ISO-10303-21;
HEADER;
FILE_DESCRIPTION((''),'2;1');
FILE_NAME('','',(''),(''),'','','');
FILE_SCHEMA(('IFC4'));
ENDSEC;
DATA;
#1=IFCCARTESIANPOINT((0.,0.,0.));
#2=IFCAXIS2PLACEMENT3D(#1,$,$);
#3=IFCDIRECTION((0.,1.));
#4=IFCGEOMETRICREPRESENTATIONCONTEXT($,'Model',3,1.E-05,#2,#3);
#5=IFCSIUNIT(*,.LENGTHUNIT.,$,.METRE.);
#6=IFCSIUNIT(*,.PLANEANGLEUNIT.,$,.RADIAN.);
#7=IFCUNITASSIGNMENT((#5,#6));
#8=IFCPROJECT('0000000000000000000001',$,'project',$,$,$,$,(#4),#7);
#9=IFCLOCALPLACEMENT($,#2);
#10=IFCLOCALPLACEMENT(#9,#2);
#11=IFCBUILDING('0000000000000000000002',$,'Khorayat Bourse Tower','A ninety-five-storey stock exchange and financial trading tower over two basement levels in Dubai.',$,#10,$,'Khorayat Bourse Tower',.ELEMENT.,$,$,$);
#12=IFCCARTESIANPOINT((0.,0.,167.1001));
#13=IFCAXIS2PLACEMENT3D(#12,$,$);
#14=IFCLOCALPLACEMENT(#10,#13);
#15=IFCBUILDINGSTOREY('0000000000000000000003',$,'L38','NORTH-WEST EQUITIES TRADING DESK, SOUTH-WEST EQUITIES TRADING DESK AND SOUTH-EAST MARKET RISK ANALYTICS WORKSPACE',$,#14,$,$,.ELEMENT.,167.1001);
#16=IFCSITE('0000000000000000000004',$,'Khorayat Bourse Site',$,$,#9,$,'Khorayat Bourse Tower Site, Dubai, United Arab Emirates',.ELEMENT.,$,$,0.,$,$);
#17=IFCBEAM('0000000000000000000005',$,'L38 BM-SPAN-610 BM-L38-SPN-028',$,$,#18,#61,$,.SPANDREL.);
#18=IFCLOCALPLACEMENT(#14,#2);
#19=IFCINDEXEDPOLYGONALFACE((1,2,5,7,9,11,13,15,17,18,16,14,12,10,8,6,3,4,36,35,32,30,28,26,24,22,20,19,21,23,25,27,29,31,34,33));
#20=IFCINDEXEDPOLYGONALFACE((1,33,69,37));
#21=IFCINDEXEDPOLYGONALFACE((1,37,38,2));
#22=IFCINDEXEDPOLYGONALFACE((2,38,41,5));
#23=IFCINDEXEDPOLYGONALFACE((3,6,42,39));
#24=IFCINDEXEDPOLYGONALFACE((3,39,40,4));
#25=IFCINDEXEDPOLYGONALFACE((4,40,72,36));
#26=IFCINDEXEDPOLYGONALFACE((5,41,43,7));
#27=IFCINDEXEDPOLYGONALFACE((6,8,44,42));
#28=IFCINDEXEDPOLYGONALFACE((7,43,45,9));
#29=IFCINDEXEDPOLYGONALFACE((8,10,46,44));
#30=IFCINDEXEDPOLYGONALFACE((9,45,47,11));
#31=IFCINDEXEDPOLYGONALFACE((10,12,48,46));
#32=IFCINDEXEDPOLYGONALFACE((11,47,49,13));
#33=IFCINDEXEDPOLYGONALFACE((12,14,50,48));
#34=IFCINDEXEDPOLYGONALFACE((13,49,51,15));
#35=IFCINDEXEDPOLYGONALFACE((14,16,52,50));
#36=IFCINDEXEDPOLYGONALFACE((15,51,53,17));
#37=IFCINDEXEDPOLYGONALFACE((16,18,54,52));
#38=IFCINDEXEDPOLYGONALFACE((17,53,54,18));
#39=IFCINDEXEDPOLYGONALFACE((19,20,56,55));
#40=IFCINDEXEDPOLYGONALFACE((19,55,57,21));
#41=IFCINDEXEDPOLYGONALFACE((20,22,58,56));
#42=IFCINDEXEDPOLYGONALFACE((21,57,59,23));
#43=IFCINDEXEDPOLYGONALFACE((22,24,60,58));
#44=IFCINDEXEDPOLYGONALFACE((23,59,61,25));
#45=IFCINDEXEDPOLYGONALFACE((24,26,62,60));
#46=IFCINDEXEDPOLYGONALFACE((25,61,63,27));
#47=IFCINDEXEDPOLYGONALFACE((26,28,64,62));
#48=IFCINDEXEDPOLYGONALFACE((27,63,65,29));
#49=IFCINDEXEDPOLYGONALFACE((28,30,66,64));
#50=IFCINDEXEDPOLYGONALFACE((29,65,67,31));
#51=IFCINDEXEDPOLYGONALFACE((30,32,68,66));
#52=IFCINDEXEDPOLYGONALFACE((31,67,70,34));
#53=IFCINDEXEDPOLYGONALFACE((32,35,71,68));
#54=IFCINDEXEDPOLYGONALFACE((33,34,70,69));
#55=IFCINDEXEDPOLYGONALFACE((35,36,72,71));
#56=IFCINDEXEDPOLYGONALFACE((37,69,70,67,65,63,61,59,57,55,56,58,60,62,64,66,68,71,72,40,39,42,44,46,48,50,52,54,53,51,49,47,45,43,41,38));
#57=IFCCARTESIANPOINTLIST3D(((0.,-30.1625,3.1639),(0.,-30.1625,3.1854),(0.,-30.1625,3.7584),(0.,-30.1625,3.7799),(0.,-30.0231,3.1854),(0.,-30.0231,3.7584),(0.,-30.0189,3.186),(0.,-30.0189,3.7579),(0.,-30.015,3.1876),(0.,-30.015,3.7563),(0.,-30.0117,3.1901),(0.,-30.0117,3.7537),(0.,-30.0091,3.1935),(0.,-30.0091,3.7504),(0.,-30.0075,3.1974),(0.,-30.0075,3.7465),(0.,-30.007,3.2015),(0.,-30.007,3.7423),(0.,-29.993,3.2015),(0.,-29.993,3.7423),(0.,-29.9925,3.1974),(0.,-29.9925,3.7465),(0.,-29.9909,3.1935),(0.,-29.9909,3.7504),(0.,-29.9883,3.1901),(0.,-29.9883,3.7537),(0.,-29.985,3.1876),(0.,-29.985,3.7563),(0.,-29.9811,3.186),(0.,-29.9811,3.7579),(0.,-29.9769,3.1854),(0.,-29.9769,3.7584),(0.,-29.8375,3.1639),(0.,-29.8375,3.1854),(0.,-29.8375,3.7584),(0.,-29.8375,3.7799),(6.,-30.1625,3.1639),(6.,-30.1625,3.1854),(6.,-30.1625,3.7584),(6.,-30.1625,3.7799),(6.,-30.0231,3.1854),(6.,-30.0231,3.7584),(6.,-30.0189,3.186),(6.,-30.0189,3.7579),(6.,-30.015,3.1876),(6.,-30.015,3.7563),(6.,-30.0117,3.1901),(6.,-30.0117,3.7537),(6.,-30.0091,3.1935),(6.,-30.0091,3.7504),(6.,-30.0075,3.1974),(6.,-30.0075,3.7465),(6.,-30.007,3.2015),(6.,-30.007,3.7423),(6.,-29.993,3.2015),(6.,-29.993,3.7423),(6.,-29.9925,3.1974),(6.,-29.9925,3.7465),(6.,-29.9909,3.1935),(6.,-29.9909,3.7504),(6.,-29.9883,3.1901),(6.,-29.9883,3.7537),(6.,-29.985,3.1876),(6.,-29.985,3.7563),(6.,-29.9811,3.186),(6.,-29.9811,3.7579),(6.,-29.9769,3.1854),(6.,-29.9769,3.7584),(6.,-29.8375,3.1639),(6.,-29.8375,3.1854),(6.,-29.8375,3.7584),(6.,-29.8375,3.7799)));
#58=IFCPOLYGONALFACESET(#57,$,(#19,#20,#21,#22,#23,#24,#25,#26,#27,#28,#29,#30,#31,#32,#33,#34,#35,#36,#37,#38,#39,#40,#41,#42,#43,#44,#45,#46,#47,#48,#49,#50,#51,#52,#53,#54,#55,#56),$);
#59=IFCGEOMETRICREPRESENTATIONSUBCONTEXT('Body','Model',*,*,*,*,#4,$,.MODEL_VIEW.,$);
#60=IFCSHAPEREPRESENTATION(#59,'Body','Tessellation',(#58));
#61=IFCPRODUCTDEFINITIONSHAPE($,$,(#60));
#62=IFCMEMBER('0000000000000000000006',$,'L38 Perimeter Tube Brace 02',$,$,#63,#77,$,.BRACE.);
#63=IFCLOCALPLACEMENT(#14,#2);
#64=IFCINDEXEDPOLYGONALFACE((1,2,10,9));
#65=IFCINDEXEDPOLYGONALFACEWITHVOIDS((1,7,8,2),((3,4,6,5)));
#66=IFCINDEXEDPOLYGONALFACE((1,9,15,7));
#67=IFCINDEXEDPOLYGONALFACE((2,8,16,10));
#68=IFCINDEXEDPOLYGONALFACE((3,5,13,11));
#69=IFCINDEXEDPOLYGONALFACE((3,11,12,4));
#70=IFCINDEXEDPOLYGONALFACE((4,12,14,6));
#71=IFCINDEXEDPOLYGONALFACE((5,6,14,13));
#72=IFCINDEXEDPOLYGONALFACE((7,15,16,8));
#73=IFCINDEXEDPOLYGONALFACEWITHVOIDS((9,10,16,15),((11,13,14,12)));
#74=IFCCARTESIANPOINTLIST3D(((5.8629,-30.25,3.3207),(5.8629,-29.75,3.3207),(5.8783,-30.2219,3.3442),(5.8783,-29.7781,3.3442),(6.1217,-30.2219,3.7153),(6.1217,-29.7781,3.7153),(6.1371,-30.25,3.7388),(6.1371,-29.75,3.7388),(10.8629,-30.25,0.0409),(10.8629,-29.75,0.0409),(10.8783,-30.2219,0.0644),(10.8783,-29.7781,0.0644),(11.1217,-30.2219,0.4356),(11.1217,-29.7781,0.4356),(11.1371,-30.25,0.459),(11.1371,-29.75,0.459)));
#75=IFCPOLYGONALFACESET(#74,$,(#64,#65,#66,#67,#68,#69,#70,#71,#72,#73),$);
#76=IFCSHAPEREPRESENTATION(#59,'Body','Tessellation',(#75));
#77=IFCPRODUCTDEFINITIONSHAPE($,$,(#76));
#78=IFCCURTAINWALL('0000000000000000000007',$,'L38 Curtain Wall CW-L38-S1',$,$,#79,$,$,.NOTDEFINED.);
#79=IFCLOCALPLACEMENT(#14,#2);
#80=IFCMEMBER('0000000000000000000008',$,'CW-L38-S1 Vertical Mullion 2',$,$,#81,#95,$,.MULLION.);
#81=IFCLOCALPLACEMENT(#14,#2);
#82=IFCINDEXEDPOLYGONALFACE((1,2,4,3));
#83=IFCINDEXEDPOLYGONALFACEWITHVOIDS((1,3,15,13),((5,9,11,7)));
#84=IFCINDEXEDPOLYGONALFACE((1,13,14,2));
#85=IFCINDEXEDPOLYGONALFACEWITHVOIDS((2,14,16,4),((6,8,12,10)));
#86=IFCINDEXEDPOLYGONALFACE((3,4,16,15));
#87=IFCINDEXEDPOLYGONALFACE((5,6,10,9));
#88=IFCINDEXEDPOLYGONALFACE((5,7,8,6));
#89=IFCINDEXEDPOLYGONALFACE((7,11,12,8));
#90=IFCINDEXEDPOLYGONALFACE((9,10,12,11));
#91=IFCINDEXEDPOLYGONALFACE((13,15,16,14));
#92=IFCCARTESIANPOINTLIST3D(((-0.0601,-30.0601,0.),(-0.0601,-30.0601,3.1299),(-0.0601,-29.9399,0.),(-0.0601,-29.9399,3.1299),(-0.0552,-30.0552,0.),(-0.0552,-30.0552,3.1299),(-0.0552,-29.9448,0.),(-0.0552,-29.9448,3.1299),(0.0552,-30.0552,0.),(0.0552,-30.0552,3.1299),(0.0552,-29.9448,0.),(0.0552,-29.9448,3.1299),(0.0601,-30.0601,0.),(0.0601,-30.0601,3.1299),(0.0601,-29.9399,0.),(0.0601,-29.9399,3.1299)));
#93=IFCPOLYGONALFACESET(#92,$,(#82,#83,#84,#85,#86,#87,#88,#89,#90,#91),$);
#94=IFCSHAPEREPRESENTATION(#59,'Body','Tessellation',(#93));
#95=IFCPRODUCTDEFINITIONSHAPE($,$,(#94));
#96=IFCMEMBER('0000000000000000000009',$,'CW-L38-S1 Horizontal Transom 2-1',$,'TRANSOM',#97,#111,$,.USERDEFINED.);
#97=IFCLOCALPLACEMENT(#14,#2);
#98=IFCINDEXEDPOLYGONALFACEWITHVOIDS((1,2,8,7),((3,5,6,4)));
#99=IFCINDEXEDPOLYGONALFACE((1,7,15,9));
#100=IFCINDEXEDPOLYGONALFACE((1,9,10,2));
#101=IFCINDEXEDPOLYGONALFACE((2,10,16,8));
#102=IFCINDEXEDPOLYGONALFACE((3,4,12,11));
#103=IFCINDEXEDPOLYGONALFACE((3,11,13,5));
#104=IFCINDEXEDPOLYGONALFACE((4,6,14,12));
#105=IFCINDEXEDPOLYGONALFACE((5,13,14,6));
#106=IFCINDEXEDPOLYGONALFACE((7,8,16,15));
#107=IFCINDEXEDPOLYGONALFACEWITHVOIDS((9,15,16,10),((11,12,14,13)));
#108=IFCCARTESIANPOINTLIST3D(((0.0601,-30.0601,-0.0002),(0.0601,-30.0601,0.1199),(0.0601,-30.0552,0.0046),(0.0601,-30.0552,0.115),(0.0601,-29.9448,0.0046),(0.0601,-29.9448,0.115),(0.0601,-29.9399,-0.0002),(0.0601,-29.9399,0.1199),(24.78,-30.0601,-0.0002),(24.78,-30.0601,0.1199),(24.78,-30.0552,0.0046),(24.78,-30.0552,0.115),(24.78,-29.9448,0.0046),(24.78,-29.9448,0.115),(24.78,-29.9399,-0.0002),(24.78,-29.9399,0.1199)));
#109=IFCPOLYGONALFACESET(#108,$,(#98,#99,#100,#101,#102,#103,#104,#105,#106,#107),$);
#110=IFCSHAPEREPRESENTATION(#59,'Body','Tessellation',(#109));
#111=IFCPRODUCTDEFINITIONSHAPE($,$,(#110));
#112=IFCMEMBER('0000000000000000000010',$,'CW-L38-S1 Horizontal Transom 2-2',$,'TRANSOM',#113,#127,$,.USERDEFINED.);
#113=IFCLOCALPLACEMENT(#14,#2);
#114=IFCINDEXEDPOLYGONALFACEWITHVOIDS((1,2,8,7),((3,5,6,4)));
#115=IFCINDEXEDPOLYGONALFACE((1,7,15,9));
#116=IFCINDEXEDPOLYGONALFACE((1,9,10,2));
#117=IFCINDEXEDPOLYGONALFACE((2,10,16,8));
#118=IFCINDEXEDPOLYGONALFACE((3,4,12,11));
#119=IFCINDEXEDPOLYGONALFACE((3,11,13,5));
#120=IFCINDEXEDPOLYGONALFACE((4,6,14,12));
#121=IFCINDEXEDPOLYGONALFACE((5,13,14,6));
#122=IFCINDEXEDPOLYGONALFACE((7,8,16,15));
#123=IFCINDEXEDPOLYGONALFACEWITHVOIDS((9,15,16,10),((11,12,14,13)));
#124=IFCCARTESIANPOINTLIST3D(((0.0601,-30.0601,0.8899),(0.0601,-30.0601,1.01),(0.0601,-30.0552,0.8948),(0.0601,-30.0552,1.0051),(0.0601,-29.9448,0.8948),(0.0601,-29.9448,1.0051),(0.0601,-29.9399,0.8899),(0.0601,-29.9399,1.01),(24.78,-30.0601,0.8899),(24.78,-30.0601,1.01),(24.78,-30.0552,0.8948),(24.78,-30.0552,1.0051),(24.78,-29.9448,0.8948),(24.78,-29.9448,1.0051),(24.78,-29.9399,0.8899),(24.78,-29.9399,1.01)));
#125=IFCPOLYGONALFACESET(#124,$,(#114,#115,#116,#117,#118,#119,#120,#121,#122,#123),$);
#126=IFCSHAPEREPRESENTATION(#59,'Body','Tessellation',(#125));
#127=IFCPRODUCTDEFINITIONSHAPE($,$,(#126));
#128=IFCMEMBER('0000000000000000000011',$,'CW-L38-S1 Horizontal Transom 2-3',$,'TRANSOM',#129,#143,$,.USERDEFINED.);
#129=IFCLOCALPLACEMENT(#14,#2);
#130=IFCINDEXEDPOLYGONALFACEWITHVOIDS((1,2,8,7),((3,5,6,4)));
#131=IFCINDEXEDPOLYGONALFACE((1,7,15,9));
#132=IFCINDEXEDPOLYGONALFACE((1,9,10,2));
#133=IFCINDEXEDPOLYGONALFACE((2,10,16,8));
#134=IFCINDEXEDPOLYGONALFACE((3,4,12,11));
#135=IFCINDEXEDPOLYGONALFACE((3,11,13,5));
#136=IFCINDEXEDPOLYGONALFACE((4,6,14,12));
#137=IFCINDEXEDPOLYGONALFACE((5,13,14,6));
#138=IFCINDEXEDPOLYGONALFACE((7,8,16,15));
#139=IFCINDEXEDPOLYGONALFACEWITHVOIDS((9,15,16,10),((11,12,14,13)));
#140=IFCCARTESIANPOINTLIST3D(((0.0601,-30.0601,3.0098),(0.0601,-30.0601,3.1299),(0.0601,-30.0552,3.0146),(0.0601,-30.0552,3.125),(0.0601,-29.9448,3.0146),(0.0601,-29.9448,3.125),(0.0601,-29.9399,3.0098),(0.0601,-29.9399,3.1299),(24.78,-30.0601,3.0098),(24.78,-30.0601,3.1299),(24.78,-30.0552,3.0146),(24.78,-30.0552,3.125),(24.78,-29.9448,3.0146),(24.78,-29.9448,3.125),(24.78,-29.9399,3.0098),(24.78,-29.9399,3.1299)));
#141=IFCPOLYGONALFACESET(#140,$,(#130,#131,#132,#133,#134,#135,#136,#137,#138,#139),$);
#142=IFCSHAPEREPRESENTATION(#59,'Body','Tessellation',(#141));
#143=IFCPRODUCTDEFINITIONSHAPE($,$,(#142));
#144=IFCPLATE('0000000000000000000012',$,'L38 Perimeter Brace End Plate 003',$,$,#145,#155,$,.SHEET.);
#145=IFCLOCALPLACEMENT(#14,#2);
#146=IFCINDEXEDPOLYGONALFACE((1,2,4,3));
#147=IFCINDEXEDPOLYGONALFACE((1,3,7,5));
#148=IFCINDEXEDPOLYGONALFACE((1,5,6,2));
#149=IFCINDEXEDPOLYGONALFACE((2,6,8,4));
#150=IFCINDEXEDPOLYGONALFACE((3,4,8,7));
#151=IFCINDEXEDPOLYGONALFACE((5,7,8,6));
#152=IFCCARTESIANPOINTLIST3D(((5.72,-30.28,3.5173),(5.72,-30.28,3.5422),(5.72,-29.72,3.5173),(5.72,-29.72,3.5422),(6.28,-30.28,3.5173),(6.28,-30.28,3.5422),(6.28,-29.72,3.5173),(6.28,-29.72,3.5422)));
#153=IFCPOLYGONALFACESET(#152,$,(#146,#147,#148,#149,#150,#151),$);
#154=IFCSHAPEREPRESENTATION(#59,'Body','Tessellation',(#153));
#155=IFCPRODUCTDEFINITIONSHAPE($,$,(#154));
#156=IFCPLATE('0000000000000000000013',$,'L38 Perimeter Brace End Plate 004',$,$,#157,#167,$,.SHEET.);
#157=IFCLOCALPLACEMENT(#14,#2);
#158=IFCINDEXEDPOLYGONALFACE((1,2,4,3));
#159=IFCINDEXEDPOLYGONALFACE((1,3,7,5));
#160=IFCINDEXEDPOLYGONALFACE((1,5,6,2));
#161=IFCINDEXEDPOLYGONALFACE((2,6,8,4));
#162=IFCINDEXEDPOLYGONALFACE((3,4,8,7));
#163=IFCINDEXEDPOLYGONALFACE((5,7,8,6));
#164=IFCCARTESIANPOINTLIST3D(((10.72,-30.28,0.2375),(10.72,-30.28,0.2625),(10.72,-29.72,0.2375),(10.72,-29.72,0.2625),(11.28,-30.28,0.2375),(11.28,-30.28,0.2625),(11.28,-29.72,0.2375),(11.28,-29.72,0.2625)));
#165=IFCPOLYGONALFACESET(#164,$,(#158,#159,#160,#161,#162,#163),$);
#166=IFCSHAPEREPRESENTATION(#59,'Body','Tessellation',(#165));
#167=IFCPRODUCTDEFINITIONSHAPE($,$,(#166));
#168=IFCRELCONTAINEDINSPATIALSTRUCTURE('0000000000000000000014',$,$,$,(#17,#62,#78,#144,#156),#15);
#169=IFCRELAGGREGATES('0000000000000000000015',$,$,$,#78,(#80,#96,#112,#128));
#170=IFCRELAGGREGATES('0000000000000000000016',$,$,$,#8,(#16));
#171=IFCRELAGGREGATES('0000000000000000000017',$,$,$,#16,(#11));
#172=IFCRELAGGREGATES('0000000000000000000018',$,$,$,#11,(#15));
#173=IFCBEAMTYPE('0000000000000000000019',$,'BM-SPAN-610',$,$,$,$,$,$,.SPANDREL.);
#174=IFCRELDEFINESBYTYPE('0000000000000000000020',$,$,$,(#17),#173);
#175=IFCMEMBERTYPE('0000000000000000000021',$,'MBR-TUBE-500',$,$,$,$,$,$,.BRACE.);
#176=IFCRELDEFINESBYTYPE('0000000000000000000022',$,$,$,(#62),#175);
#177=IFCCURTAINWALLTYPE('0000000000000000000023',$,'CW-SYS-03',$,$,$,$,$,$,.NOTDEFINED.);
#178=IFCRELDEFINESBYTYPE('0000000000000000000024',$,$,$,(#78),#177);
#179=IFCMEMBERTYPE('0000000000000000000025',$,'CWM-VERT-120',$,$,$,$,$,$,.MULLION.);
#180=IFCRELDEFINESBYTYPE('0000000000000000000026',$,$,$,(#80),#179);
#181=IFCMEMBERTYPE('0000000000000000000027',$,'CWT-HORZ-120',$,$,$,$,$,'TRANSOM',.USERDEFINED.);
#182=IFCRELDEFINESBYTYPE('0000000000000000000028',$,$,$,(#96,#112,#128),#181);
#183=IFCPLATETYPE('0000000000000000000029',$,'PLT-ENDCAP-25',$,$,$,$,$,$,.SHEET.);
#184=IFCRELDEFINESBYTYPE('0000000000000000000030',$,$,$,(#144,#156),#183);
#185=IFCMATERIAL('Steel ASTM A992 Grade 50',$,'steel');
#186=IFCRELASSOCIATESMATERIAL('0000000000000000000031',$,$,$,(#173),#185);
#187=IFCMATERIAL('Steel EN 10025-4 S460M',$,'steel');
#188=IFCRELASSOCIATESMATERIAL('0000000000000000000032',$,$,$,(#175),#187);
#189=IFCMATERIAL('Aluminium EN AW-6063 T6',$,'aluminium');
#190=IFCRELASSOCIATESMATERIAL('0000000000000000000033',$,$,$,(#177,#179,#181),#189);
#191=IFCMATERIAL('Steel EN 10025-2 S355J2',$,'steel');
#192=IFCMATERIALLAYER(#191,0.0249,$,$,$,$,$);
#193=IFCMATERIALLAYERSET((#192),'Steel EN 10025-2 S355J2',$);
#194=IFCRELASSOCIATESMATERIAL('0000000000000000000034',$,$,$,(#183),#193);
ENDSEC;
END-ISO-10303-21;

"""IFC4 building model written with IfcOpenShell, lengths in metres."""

from ifc_helpers import new_model, si_unit, direction, frame, origin, origin_2d, place, context, subcontext, project, spatial, rectangle, hollow_rectangle, i_section, extrude, source, transform, mapped, material, layer, layer_set, material_profile, profile_set, type_object, element, aggregate, save


model = new_model("IFC4")

# Units and contexts
model_context = context("Model", 3, precision=1e-05, world=origin(), true_north=direction((0.0, 1.0)))
body_context = subcontext(model_context, "Body", "Model", "MODEL_VIEW")
ifc_project = project(units=[si_unit("LENGTHUNIT", "METRE"), si_unit("PLANEANGLEUNIT", "RADIAN")], contexts=[model_context])

# Site, building, storey
site_placement = place(None, origin())
site = spatial("IfcSite", under=ifc_project, at=site_placement, Name="Khorayat Bourse Site", LongName="Khorayat Bourse Tower Site, Dubai, United Arab Emirates", CompositionType="ELEMENT", RefElevation=0.0)
building_placement = place(site_placement, origin())
building = spatial("IfcBuilding", under=site, at=building_placement, Name="Khorayat Bourse Tower", Description="A ninety-five-storey stock exchange and financial trading tower over two basement levels in Dubai.", LongName="Khorayat Bourse Tower", CompositionType="ELEMENT")
storey_placement = place(building_placement, frame((0.0, 0.0, 167.1001)))
storey = spatial("IfcBuildingStorey", under=building, at=storey_placement, Name="L38", Description="NORTH-WEST EQUITIES TRADING DESK, SOUTH-WEST EQUITIES TRADING DESK AND SOUTH-EAST MARKET RISK ANALYTICS WORKSPACE", CompositionType="ELEMENT", Elevation=167.1001)

# Shared definitions
ifc_material_1 = material(Name="Steel EN 10025-4 S460M", Category="steel")

# Beam
ifc_material_2 = material(Name="Steel ASTM A992 Grade 50", Category="steel")
ifc_material_profile_1 = material_profile(ifc_material_2, i_section(OverallWidth=0.325, OverallDepth=0.616, WebThickness=0.0139, FlangeThickness=0.0215, FilletRadius=0.0161, at=origin_2d()), Name="W610X174")
ifc_profile_set_1 = profile_set([ifc_material_profile_1], Name="Steel ASTM A992 Grade 50")
beam_type_1 = type_object("IfcBeamType", Name="BM-SPAN-610", PredefinedType="SPANDREL", material=ifc_profile_set_1)
shared_shape_1 = source(origin(), body_context, "Body", "SweptSolid", [
    extrude(i_section(OverallWidth=0.325, OverallDepth=0.616, WebThickness=0.0139, FlangeThickness=0.0215, FilletRadius=0.0161, at=origin_2d()), origin(), (0.0, 0.0, 1.0), 6.0),
])
beam_1_placement = place(storey_placement, frame((0.0, -30.0, 3.4719), z_axis=(1.0, 0.0, 0.0), x_axis=(0.0, 1.0, 0.0)))
element("IfcBeam", 1, at=beam_1_placement, inside=storey, type_object=beam_type_1, Name="L38 BM-SPAN-610 BM-L38-SPN-028", PredefinedType="SPANDREL", context=body_context, shape_type="MappedRepresentation", body=[
    mapped(shared_shape_1, transform((0.0, 0.0, 0.0), scale=1.0)),
])

# Member
ifc_material_profile_2 = material_profile(ifc_material_1, hollow_rectangle(XDim=0.5, YDim=0.5, WallThickness=0.0281, at=origin_2d()), Name="HSS 500x500x28")
ifc_profile_set_2 = profile_set([ifc_material_profile_2], Name="Steel EN 10025-4 S460M")
member_type_1 = type_object("IfcMemberType", Name="MBR-TUBE-500", PredefinedType="BRACE", material=ifc_profile_set_2)
shared_shape_2 = source(origin(), body_context, "Body", "SweptSolid", [
    extrude(hollow_rectangle(XDim=0.5, YDim=0.5, WallThickness=0.0281, at=origin_2d()), origin(), (0.0, 0.0, 1.0), 5.9797),
])
member_1_placement = place(storey_placement, frame((6.0, -30.0, 3.5298), z_axis=(0.83616, 0.0, -0.548485), x_axis=(0.0, 1.0, 0.0)))
element("IfcMember", 2, at=member_1_placement, inside=storey, type_object=member_type_1, Name="L38 Perimeter Tube Brace 02", PredefinedType="BRACE", context=body_context, shape_type="MappedRepresentation", body=[
    mapped(shared_shape_2, transform((0.0, 0.0, 0.0), scale=1.0)),
])

# Curtain wall, members
ifc_material_3 = material(Name="Aluminium EN AW-6063 T6", Category="aluminium")
curtain_wall_type = type_object("IfcCurtainWallType", Name="CW-SYS-03", PredefinedType="NOTDEFINED", material=ifc_material_3)
curtain_wall_placement = place(storey_placement, origin())
curtain_wall = element("IfcCurtainWall", 3, at=curtain_wall_placement, inside=storey, type_object=curtain_wall_type, Name="L38 Curtain Wall CW-L38-S1", PredefinedType="NOTDEFINED")
ifc_material_profile_3 = material_profile(ifc_material_3, hollow_rectangle(XDim=0.1201, YDim=0.1201, WallThickness=0.0049, at=origin_2d()), Name="ALU 120x120x5")
ifc_profile_set_3 = profile_set([ifc_material_profile_3], Name="Aluminium EN AW-6063 T6")
member_type_2 = type_object("IfcMemberType", Name="CWM-VERT-120", PredefinedType="MULLION", material=ifc_profile_set_3)
shared_shape_3 = source(origin(), body_context, "Body", "SweptSolid", [
    extrude(hollow_rectangle(XDim=0.1201, YDim=0.1201, WallThickness=0.0049, at=origin_2d()), origin(), (0.0, 0.0, 1.0), 3.1299),
])
member_2_placement = place(storey_placement, frame((0.0, -30.0, 0.0), z_axis=(0.0, 0.0, 1.0), x_axis=(0.0, 1.0, 0.0)))
member_2 = element("IfcMember", 4, at=member_2_placement, type_object=member_type_2, Name="CW-L38-S1 Vertical Mullion 2", PredefinedType="MULLION", context=body_context, shape_type="MappedRepresentation", body=[
    mapped(shared_shape_3, transform((0.0, 0.0, 0.0), scale=1.0)),
])
ifc_material_profile_4 = material_profile(ifc_material_3, hollow_rectangle(XDim=0.1201, YDim=0.1201, WallThickness=0.0049, at=origin_2d()), Name="ALU 120x120x5")
ifc_profile_set_4 = profile_set([ifc_material_profile_4], Name="Aluminium EN AW-6063 T6")
member_type_3 = type_object("IfcMemberType", Name="CWT-HORZ-120", ElementType="TRANSOM", PredefinedType="USERDEFINED", material=ifc_profile_set_4)
shared_shape_4 = source(origin(), body_context, "Body", "SweptSolid", [
    extrude(hollow_rectangle(XDim=0.1201, YDim=0.1201, WallThickness=0.0049, at=origin_2d()), origin(), (0.0, 0.0, 1.0), 24.72),
])
member_3_placement = place(storey_placement, frame((0.0601, -30.0, 0.0598), z_axis=(1.0, 0.0, 0.0), x_axis=(0.0, 1.0, 0.0)))
member_3 = element("IfcMember", 5, at=member_3_placement, type_object=member_type_3, Name="CW-L38-S1 Horizontal Transom 2-1", ObjectType="TRANSOM", PredefinedType="USERDEFINED", context=body_context, shape_type="MappedRepresentation", body=[
    mapped(shared_shape_4, transform((0.0, 0.0, 0.0), scale=1.0)),
])
member_4_placement = place(storey_placement, frame((0.0601, -30.0, 0.95), z_axis=(1.0, 0.0, 0.0), x_axis=(0.0, 1.0, 0.0)))
member_4 = element("IfcMember", 6, at=member_4_placement, type_object=member_type_3, Name="CW-L38-S1 Horizontal Transom 2-2", ObjectType="TRANSOM", PredefinedType="USERDEFINED", context=body_context, shape_type="MappedRepresentation", body=[
    mapped(shared_shape_4, transform((0.0, 0.0, 0.0), scale=1.0)),
])
member_5_placement = place(storey_placement, frame((0.0601, -30.0, 3.0698), z_axis=(1.0, 0.0, 0.0), x_axis=(0.0, 1.0, 0.0)))
member_5 = element("IfcMember", 7, at=member_5_placement, type_object=member_type_3, Name="CW-L38-S1 Horizontal Transom 2-3", ObjectType="TRANSOM", PredefinedType="USERDEFINED", context=body_context, shape_type="MappedRepresentation", body=[
    mapped(shared_shape_4, transform((0.0, 0.0, 0.0), scale=1.0)),
])
aggregate(curtain_wall, [member_2, member_3, member_4, member_5])

# Plates
ifc_material_4 = material(Name="Steel EN 10025-2 S355J2", Category="steel")
ifc_layer_1 = layer(ifc_material_4, 0.0249)
ifc_layer_set_1 = layer_set([ifc_layer_1], Name="Steel EN 10025-2 S355J2")
plate_type = type_object("IfcPlateType", Name="PLT-ENDCAP-25", PredefinedType="SHEET", material=ifc_layer_set_1)
shared_shape_5 = source(origin(), body_context, "Body", "SweptSolid", [
    extrude(rectangle(XDim=0.5601, YDim=0.5601, at=origin_2d()), origin(), (0.0, 0.0, 1.0), 0.0249),
])
for number, where, z_axis, x_axis, name in (
    (8, (6.0, -30.0, 3.5173), (0.0, 0.0, 1.0), (1.0, 0.0, 0.0), "L38 Perimeter Brace End Plate 003"),
    (9, (11.0, -30.0, 0.2375), (0.0, 0.0, 1.0), (1.0, 0.0, 0.0), "L38 Perimeter Brace End Plate 004"),
):
    element("IfcPlate", number, at=place(storey_placement, frame(where, z_axis=z_axis, x_axis=x_axis)), inside=storey, type_object=plate_type, Name=name, PredefinedType="SHEET", context=body_context, shape_type="MappedRepresentation", body=[
        mapped(shared_shape_5, transform((0.0, 0.0, 0.0), scale=1.0)),
    ])

save(model, "model.ifc")
